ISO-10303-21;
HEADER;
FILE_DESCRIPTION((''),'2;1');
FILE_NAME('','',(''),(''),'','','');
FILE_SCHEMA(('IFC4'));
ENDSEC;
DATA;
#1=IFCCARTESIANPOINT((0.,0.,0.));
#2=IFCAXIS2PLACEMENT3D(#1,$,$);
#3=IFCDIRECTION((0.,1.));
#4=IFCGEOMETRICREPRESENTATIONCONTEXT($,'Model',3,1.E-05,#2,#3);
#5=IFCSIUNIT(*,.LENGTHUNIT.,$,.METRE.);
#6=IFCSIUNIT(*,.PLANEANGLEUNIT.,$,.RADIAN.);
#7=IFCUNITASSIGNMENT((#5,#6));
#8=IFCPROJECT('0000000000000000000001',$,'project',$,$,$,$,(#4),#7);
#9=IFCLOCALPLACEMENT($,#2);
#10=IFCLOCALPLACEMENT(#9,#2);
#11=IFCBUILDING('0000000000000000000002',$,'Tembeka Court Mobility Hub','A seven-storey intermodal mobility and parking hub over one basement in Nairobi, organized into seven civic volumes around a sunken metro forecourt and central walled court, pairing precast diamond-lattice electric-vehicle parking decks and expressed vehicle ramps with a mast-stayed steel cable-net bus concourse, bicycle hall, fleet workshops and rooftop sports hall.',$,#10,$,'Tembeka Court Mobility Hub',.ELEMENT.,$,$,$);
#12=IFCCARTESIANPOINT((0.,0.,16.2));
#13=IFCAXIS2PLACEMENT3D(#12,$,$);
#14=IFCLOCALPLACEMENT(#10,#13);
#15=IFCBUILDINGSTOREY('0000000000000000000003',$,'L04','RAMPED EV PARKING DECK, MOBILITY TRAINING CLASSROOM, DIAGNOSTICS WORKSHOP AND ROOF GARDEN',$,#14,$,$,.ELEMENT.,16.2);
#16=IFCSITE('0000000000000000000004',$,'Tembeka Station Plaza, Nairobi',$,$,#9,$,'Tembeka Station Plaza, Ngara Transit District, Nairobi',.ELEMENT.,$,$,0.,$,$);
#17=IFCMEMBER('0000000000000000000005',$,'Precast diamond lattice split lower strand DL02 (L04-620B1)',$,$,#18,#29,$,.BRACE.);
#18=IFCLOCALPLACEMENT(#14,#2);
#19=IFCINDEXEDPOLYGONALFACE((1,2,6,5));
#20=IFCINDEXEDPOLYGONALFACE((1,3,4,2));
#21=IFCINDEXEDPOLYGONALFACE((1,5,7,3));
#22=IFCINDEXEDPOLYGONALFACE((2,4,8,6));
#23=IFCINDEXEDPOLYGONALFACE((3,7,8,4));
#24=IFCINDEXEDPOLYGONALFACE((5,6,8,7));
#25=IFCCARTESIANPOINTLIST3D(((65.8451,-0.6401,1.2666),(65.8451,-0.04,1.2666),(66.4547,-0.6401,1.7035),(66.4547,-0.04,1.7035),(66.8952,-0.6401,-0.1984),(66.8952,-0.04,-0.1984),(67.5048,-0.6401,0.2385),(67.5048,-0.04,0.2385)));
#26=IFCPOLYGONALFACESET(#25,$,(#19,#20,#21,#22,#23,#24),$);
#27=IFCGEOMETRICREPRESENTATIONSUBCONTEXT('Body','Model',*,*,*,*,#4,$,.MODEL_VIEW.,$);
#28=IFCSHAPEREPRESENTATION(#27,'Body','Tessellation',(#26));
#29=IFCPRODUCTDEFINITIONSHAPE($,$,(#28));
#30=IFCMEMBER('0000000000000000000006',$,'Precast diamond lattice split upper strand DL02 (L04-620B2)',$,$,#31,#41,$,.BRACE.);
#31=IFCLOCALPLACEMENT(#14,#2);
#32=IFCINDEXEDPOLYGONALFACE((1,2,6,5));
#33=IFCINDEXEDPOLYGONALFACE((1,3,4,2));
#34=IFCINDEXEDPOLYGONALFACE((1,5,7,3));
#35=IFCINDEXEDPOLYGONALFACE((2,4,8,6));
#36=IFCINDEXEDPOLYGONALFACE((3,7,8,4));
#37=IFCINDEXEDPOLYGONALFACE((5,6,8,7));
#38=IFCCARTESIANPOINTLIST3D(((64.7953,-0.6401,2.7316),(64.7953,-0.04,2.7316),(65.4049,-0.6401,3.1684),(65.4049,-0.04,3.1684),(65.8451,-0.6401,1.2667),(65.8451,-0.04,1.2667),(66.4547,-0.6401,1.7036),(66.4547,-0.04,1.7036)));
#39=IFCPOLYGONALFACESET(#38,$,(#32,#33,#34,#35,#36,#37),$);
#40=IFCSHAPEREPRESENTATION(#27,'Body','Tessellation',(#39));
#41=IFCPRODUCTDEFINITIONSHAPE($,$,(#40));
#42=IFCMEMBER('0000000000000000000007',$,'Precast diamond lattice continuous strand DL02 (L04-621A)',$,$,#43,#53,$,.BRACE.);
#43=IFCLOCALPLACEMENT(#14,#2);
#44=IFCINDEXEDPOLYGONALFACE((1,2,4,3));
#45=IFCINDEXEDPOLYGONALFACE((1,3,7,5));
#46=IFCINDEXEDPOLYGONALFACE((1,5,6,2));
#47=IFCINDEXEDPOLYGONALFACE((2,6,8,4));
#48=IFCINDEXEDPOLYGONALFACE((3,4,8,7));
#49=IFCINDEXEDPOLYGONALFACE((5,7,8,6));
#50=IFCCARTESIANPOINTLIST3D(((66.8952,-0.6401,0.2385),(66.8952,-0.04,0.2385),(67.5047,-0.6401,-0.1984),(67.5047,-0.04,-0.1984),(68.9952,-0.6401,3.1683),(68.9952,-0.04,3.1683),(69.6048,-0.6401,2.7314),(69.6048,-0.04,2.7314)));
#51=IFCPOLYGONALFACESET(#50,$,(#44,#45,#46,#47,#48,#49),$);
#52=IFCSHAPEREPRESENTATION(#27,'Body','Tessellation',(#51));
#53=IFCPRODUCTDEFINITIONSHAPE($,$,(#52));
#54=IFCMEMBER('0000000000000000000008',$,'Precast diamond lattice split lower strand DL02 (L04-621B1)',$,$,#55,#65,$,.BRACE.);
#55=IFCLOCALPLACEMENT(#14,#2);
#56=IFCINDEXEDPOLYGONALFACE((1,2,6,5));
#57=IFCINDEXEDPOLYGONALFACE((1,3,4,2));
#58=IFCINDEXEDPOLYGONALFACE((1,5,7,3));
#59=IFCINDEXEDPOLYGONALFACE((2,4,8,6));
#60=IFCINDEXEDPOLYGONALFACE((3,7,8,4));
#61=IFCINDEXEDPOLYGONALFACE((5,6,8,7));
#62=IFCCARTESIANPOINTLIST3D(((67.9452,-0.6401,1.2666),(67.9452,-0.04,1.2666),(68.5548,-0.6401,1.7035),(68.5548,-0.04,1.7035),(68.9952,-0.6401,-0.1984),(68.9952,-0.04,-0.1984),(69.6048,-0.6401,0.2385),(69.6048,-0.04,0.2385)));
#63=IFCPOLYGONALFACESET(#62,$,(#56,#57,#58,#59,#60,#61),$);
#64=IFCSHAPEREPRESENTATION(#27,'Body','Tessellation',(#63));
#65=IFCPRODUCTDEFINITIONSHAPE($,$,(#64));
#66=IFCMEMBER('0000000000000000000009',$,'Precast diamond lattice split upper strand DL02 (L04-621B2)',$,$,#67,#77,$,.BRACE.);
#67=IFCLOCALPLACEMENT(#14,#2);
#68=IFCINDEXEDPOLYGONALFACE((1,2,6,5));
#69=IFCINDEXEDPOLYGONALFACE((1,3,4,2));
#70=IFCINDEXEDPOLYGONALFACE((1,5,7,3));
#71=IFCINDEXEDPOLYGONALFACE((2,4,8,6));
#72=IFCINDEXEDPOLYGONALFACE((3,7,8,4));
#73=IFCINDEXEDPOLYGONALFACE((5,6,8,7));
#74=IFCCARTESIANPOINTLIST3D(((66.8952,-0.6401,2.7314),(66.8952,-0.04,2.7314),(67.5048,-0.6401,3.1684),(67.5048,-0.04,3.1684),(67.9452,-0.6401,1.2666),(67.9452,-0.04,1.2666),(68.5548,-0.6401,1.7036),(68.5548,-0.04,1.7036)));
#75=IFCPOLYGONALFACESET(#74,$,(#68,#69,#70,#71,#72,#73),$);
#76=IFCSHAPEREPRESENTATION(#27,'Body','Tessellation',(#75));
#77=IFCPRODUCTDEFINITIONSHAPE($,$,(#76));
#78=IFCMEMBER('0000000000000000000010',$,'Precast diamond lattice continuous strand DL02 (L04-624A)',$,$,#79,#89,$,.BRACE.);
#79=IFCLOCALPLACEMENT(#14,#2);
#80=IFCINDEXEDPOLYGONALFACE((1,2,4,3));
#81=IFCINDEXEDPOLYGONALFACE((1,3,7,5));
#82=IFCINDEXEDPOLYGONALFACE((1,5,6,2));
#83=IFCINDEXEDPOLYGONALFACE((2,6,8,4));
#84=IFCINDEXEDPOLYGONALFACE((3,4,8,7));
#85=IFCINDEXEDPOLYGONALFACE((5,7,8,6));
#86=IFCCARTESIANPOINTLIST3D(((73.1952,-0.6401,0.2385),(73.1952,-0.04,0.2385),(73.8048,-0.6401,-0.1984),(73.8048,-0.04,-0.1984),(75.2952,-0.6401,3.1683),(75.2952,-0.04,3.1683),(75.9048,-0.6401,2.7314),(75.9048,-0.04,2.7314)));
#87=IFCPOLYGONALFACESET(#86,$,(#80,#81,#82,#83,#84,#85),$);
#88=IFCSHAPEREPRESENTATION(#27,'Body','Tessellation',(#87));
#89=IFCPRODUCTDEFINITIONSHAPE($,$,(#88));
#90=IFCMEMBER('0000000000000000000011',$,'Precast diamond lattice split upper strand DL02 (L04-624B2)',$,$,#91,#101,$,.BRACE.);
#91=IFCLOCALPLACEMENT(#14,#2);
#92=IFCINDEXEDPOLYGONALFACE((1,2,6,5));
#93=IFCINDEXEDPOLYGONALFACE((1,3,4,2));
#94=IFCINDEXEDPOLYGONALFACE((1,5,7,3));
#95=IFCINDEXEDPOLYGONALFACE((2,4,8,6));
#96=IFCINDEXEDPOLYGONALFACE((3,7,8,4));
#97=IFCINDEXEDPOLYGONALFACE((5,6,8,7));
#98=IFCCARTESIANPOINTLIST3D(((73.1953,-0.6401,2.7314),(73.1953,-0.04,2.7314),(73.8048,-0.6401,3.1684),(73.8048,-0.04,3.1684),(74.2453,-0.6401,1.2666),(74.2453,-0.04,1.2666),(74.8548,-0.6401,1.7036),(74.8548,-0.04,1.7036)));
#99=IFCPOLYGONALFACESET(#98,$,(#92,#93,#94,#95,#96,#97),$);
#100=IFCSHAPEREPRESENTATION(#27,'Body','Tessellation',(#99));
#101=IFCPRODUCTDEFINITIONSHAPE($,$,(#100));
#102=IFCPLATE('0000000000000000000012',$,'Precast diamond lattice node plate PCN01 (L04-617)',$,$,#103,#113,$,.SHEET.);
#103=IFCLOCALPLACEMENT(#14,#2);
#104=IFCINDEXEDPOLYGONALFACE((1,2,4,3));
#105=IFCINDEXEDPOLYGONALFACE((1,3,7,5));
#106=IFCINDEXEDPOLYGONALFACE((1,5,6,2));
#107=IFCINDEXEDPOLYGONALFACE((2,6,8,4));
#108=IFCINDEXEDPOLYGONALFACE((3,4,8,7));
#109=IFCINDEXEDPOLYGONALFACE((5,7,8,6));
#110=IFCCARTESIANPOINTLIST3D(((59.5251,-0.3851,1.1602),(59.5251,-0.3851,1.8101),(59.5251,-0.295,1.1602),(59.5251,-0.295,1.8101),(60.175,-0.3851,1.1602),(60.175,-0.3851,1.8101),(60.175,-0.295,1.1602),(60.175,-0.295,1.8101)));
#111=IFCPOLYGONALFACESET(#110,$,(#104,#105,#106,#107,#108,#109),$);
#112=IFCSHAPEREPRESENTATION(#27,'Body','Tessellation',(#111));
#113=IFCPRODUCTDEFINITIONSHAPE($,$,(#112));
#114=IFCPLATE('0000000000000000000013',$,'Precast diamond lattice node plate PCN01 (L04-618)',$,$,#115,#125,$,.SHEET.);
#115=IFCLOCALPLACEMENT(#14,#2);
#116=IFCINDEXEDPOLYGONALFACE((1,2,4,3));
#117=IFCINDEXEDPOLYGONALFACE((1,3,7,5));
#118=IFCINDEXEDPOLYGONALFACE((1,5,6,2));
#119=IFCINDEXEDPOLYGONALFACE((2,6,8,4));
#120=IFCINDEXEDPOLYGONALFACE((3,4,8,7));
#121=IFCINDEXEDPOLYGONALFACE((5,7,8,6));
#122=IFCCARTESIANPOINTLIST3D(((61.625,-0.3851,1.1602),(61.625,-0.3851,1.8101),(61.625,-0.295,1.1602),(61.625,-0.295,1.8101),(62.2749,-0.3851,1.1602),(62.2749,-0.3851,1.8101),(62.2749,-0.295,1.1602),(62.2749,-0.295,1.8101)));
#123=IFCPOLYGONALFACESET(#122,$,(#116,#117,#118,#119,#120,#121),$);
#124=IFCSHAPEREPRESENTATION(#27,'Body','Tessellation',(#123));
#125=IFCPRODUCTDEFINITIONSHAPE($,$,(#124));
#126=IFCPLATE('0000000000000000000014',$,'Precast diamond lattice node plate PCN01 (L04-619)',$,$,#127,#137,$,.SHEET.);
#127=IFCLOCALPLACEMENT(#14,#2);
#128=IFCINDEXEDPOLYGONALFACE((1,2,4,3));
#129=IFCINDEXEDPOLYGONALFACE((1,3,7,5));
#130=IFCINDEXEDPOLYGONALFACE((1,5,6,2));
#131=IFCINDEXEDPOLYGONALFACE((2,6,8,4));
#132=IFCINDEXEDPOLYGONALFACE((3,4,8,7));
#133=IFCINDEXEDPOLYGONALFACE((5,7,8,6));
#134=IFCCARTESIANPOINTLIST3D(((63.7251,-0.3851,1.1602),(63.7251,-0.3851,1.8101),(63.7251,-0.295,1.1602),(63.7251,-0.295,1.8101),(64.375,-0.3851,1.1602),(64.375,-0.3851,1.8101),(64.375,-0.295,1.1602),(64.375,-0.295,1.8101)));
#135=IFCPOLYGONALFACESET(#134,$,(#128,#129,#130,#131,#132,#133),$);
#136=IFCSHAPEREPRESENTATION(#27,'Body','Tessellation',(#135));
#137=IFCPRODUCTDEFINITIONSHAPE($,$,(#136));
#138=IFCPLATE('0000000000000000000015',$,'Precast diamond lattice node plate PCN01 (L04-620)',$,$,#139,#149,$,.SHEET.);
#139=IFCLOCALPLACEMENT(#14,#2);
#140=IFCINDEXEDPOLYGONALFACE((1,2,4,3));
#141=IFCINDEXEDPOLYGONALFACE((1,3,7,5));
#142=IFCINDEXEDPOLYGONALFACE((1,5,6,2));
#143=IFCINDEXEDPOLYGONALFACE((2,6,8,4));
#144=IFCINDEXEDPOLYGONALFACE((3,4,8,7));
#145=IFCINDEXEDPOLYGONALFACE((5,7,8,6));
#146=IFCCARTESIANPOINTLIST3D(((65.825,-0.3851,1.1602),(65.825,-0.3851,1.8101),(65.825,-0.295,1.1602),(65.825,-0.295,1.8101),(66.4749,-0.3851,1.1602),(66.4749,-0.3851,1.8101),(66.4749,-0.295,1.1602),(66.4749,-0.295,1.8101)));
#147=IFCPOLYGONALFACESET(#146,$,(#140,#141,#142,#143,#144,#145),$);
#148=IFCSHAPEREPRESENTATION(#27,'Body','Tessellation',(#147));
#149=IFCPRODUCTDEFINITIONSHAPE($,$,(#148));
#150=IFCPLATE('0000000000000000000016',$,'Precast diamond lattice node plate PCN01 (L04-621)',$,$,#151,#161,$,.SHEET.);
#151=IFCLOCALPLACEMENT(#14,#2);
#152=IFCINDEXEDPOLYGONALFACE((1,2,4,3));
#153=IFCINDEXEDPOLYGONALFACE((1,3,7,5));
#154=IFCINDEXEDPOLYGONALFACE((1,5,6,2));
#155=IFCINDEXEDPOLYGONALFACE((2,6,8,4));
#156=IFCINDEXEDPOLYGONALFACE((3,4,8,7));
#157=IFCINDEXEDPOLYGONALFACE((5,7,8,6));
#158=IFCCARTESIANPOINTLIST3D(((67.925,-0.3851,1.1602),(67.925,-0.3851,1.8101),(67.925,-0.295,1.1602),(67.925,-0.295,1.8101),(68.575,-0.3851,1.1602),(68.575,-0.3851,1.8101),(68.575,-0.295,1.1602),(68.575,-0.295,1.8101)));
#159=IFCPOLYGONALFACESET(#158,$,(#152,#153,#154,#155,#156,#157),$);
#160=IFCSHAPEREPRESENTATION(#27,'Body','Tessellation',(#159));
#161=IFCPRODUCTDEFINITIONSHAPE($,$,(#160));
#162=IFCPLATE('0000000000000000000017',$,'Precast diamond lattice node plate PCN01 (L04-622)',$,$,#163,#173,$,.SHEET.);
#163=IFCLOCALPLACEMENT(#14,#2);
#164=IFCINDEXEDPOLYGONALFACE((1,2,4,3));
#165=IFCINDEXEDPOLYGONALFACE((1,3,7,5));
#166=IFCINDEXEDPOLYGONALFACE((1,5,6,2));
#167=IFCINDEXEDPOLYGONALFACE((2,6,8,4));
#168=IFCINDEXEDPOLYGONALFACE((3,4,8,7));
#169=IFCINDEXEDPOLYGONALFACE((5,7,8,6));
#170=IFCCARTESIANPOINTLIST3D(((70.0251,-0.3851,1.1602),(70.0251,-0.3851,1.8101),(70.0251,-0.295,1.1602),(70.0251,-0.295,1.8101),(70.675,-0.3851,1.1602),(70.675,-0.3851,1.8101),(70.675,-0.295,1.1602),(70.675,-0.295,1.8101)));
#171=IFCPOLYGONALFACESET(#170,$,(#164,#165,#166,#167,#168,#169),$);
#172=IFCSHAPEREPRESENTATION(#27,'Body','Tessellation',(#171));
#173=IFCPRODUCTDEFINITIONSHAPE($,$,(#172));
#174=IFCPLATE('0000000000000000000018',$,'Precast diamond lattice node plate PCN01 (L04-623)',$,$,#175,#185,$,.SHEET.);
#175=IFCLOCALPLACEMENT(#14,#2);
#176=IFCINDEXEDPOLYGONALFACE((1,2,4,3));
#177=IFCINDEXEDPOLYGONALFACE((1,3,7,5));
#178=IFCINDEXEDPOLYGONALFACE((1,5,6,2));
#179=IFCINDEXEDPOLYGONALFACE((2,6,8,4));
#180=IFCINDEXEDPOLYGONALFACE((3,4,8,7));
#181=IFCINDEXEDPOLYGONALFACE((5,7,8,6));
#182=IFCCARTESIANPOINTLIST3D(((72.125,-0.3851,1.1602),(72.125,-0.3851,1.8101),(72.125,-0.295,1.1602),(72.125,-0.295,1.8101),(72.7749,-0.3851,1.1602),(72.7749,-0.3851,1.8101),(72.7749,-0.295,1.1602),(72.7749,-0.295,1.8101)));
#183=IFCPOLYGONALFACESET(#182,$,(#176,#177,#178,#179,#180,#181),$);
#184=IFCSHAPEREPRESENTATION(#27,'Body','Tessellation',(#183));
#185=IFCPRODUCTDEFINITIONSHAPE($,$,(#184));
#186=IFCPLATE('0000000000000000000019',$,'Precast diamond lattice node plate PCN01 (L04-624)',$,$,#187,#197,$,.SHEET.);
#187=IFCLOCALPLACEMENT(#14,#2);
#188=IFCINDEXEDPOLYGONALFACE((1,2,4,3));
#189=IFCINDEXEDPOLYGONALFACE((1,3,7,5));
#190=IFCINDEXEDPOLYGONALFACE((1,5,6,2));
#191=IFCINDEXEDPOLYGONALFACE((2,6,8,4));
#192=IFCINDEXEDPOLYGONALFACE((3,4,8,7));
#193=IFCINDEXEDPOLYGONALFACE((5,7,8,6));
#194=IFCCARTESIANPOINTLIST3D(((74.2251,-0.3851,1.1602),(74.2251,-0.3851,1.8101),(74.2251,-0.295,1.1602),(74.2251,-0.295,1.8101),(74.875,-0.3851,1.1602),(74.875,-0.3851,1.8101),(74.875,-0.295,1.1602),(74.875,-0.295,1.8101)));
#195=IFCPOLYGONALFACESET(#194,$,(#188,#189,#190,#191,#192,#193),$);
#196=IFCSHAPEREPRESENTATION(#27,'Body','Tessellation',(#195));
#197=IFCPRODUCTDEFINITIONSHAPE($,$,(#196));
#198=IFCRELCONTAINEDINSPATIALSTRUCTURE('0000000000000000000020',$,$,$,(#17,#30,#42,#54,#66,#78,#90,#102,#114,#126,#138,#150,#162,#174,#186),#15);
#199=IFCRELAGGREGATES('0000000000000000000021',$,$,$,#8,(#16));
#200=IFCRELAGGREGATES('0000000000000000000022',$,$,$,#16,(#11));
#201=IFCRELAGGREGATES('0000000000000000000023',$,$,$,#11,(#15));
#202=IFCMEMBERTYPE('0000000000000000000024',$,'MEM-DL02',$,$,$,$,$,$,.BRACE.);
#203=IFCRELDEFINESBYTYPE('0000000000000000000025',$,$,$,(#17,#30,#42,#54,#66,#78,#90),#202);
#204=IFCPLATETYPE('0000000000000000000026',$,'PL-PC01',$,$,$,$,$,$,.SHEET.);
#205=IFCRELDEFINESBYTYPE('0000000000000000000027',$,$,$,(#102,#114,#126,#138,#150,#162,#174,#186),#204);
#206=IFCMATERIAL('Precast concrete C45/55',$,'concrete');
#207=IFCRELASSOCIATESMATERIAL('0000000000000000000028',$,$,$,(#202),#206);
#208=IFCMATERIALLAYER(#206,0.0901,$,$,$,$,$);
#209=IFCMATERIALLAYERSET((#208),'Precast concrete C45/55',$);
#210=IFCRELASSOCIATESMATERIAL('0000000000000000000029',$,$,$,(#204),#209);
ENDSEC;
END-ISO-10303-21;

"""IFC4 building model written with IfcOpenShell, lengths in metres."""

from ifc_helpers import new_model, si_unit, direction, frame, origin, origin_2d, place, context, subcontext, project, spatial, rectangle, extrude, material, layer, layer_set, material_profile, profile_set, type_object, element, save


model = new_model("IFC4")

# Units and contexts
model_context = context("Model", 3, precision=1e-05, world=origin(), true_north=direction((0.0, 1.0)))
body_context = subcontext(model_context, "Body", "Model", "MODEL_VIEW")
ifc_project = project(units=[si_unit("LENGTHUNIT", "METRE"), si_unit("PLANEANGLEUNIT", "RADIAN")], contexts=[model_context])

# Site, building, storey
site_placement = place(None, origin())
site = spatial("IfcSite", under=ifc_project, at=site_placement, Name="Tembeka Station Plaza, Nairobi", LongName="Tembeka Station Plaza, Ngara Transit District, Nairobi", CompositionType="ELEMENT", RefElevation=0.0)
building_placement = place(site_placement, origin())
building = spatial("IfcBuilding", under=site, at=building_placement, Name="Tembeka Court Mobility Hub", Description="A seven-storey intermodal mobility and parking hub over one basement in Nairobi, organized into seven civic volumes around a sunken metro forecourt and central walled court, pairing precast diamond-lattice electric-vehicle parking decks and expressed vehicle ramps with a mast-stayed steel cable-net bus concourse, bicycle hall, fleet workshops and rooftop sports hall.", LongName="Tembeka Court Mobility Hub", CompositionType="ELEMENT")
storey_placement = place(building_placement, frame((0.0, 0.0, 16.2)))
storey = spatial("IfcBuildingStorey", under=building, at=storey_placement, Name="L04", Description="RAMPED EV PARKING DECK, MOBILITY TRAINING CLASSROOM, DIAGNOSTICS WORKSHOP AND ROOF GARDEN", CompositionType="ELEMENT", Elevation=16.2)

# Members
ifc_material = material(Name="Precast concrete C45/55", Category="concrete")
ifc_material_profile_1 = material_profile(ifc_material, rectangle(XDim=0.6001, YDim=0.75, at=origin_2d()), Name="PC-DIAG 600x750")
ifc_profile_set_1 = profile_set([ifc_material_profile_1], Name="Precast concrete C45/55")
member_type_1 = type_object("IfcMemberType", Name="MEM-DL02", PredefinedType="BRACE", material=ifc_profile_set_1)
member_1_placement = place(storey_placement, frame((67.2, -0.3401, 0.02), z_axis=(-0.582544, 0.0, 0.812799), x_axis=(0.0, -1.0, 0.0)))
element("IfcMember", 1, at=member_1_placement, inside=storey, type_object=member_type_1, Name="Precast diamond lattice split lower strand DL02 (L04-620B1)", PredefinedType="BRACE", context=body_context, shape_type="SweptSolid", body=[
    extrude(rectangle(XDim=0.6001, YDim=0.75, at=origin_2d()), origin(), (0.0, 0.0, 1.0), 1.8025),
])
member_2_placement = place(storey_placement, frame((66.1499, -0.3401, 1.4851), z_axis=(-0.582519, 0.0, 0.812817), x_axis=(0.0, -1.0, 0.0)))
element("IfcMember", 2, at=member_2_placement, inside=storey, type_object=member_type_1, Name="Precast diamond lattice split upper strand DL02 (L04-620B2)", PredefinedType="BRACE", context=body_context, shape_type="SweptSolid", body=[
    extrude(rectangle(XDim=0.6001, YDim=0.75, at=origin_2d()), origin(), (0.0, 0.0, 1.0), 1.8022),
])
member_3_placement = place(storey_placement, frame((67.2, -0.3401, 0.02), z_axis=(0.582576, 0.0, 0.812776), x_axis=(0.0, 1.0, 0.0)))
element("IfcMember", 3, at=member_3_placement, inside=storey, type_object=member_type_1, Name="Precast diamond lattice continuous strand DL02 (L04-621A)", PredefinedType="BRACE", context=body_context, shape_type="SweptSolid", body=[
    extrude(rectangle(XDim=0.6001, YDim=0.75, at=origin_2d()), origin(), (0.0, 0.0, 1.0), 3.6047),
])
member_4_placement = place(storey_placement, frame((69.3, -0.3401, 0.02), z_axis=(-0.582544, 0.0, 0.812799), x_axis=(0.0, -1.0, 0.0)))
element("IfcMember", 4, at=member_4_placement, inside=storey, type_object=member_type_1, Name="Precast diamond lattice split lower strand DL02 (L04-621B1)", PredefinedType="BRACE", context=body_context, shape_type="SweptSolid", body=[
    extrude(rectangle(XDim=0.6001, YDim=0.75, at=origin_2d()), origin(), (0.0, 0.0, 1.0), 1.8025),
])
member_5_placement = place(storey_placement, frame((68.25, -0.3401, 1.4851), z_axis=(-0.582608, 0.0, 0.812753), x_axis=(0.0, -1.0, 0.0)))
element("IfcMember", 5, at=member_5_placement, inside=storey, type_object=member_type_1, Name="Precast diamond lattice split upper strand DL02 (L04-621B2)", PredefinedType="BRACE", context=body_context, shape_type="SweptSolid", body=[
    extrude(rectangle(XDim=0.6001, YDim=0.75, at=origin_2d()), origin(), (0.0, 0.0, 1.0), 1.8022),
])
member_6_placement = place(storey_placement, frame((73.5, -0.3401, 0.02), z_axis=(0.582576, 0.0, 0.812776), x_axis=(0.0, 1.0, 0.0)))
element("IfcMember", 6, at=member_6_placement, inside=storey, type_object=member_type_1, Name="Precast diamond lattice continuous strand DL02 (L04-624A)", PredefinedType="BRACE", context=body_context, shape_type="SweptSolid", body=[
    extrude(rectangle(XDim=0.6001, YDim=0.75, at=origin_2d()), origin(), (0.0, 0.0, 1.0), 3.6047),
])
member_7_placement = place(storey_placement, frame((74.55, -0.3401, 1.4851), z_axis=(-0.582608, 0.0, 0.812753), x_axis=(0.0, -1.0, 0.0)))
element("IfcMember", 7, at=member_7_placement, inside=storey, type_object=member_type_1, Name="Precast diamond lattice split upper strand DL02 (L04-624B2)", PredefinedType="BRACE", context=body_context, shape_type="SweptSolid", body=[
    extrude(rectangle(XDim=0.6001, YDim=0.75, at=origin_2d()), origin(), (0.0, 0.0, 1.0), 1.8022),
])

# Plates
ifc_layer = layer(ifc_material, 0.0901)
ifc_layer_set = layer_set([ifc_layer], Name="Precast concrete C45/55")
plate_type = type_object("IfcPlateType", Name="PL-PC01", PredefinedType="SHEET", material=ifc_layer_set)
for number, where, z_axis, x_axis, name in (
    (8, (59.8501, -0.3401, 1.1602), (0.0, 0.0, 1.0), (1.0, 0.0, 0.0), "Precast diamond lattice node plate PCN01 (L04-617)"),
    (9, (61.95, -0.3401, 1.1602), (0.0, 0.0, 1.0), (1.0, 0.0, 0.0), "Precast diamond lattice node plate PCN01 (L04-618)"),
    (10, (64.05, -0.3401, 1.1602), (0.0, 0.0, 1.0), (1.0, 0.0, 0.0), "Precast diamond lattice node plate PCN01 (L04-619)"),
    (11, (66.1499, -0.3401, 1.1602), (0.0, 0.0, 1.0), (1.0, 0.0, 0.0), "Precast diamond lattice node plate PCN01 (L04-620)"),
    (12, (68.25, -0.3401, 1.1602), (0.0, 0.0, 1.0), (1.0, 0.0, 0.0), "Precast diamond lattice node plate PCN01 (L04-621)"),
    (13, (70.3501, -0.3401, 1.1602), (0.0, 0.0, 1.0), (1.0, 0.0, 0.0), "Precast diamond lattice node plate PCN01 (L04-622)"),
    (14, (72.45, -0.3401, 1.1602), (0.0, 0.0, 1.0), (1.0, 0.0, 0.0), "Precast diamond lattice node plate PCN01 (L04-623)"),
    (15, (74.55, -0.3401, 1.1602), (0.0, 0.0, 1.0), (1.0, 0.0, 0.0), "Precast diamond lattice node plate PCN01 (L04-624)"),
):
    element("IfcPlate", number, at=place(storey_placement, frame(where, z_axis=z_axis, x_axis=x_axis)), inside=storey, type_object=plate_type, Name=name, PredefinedType="SHEET", context=body_context, shape_type="SweptSolid", body=[
        extrude(rectangle(XDim=0.6499, YDim=0.0901, at=origin_2d()), origin(), (0.0, 0.0, 1.0), 0.6499),
    ])

save(model, "model.ifc")
